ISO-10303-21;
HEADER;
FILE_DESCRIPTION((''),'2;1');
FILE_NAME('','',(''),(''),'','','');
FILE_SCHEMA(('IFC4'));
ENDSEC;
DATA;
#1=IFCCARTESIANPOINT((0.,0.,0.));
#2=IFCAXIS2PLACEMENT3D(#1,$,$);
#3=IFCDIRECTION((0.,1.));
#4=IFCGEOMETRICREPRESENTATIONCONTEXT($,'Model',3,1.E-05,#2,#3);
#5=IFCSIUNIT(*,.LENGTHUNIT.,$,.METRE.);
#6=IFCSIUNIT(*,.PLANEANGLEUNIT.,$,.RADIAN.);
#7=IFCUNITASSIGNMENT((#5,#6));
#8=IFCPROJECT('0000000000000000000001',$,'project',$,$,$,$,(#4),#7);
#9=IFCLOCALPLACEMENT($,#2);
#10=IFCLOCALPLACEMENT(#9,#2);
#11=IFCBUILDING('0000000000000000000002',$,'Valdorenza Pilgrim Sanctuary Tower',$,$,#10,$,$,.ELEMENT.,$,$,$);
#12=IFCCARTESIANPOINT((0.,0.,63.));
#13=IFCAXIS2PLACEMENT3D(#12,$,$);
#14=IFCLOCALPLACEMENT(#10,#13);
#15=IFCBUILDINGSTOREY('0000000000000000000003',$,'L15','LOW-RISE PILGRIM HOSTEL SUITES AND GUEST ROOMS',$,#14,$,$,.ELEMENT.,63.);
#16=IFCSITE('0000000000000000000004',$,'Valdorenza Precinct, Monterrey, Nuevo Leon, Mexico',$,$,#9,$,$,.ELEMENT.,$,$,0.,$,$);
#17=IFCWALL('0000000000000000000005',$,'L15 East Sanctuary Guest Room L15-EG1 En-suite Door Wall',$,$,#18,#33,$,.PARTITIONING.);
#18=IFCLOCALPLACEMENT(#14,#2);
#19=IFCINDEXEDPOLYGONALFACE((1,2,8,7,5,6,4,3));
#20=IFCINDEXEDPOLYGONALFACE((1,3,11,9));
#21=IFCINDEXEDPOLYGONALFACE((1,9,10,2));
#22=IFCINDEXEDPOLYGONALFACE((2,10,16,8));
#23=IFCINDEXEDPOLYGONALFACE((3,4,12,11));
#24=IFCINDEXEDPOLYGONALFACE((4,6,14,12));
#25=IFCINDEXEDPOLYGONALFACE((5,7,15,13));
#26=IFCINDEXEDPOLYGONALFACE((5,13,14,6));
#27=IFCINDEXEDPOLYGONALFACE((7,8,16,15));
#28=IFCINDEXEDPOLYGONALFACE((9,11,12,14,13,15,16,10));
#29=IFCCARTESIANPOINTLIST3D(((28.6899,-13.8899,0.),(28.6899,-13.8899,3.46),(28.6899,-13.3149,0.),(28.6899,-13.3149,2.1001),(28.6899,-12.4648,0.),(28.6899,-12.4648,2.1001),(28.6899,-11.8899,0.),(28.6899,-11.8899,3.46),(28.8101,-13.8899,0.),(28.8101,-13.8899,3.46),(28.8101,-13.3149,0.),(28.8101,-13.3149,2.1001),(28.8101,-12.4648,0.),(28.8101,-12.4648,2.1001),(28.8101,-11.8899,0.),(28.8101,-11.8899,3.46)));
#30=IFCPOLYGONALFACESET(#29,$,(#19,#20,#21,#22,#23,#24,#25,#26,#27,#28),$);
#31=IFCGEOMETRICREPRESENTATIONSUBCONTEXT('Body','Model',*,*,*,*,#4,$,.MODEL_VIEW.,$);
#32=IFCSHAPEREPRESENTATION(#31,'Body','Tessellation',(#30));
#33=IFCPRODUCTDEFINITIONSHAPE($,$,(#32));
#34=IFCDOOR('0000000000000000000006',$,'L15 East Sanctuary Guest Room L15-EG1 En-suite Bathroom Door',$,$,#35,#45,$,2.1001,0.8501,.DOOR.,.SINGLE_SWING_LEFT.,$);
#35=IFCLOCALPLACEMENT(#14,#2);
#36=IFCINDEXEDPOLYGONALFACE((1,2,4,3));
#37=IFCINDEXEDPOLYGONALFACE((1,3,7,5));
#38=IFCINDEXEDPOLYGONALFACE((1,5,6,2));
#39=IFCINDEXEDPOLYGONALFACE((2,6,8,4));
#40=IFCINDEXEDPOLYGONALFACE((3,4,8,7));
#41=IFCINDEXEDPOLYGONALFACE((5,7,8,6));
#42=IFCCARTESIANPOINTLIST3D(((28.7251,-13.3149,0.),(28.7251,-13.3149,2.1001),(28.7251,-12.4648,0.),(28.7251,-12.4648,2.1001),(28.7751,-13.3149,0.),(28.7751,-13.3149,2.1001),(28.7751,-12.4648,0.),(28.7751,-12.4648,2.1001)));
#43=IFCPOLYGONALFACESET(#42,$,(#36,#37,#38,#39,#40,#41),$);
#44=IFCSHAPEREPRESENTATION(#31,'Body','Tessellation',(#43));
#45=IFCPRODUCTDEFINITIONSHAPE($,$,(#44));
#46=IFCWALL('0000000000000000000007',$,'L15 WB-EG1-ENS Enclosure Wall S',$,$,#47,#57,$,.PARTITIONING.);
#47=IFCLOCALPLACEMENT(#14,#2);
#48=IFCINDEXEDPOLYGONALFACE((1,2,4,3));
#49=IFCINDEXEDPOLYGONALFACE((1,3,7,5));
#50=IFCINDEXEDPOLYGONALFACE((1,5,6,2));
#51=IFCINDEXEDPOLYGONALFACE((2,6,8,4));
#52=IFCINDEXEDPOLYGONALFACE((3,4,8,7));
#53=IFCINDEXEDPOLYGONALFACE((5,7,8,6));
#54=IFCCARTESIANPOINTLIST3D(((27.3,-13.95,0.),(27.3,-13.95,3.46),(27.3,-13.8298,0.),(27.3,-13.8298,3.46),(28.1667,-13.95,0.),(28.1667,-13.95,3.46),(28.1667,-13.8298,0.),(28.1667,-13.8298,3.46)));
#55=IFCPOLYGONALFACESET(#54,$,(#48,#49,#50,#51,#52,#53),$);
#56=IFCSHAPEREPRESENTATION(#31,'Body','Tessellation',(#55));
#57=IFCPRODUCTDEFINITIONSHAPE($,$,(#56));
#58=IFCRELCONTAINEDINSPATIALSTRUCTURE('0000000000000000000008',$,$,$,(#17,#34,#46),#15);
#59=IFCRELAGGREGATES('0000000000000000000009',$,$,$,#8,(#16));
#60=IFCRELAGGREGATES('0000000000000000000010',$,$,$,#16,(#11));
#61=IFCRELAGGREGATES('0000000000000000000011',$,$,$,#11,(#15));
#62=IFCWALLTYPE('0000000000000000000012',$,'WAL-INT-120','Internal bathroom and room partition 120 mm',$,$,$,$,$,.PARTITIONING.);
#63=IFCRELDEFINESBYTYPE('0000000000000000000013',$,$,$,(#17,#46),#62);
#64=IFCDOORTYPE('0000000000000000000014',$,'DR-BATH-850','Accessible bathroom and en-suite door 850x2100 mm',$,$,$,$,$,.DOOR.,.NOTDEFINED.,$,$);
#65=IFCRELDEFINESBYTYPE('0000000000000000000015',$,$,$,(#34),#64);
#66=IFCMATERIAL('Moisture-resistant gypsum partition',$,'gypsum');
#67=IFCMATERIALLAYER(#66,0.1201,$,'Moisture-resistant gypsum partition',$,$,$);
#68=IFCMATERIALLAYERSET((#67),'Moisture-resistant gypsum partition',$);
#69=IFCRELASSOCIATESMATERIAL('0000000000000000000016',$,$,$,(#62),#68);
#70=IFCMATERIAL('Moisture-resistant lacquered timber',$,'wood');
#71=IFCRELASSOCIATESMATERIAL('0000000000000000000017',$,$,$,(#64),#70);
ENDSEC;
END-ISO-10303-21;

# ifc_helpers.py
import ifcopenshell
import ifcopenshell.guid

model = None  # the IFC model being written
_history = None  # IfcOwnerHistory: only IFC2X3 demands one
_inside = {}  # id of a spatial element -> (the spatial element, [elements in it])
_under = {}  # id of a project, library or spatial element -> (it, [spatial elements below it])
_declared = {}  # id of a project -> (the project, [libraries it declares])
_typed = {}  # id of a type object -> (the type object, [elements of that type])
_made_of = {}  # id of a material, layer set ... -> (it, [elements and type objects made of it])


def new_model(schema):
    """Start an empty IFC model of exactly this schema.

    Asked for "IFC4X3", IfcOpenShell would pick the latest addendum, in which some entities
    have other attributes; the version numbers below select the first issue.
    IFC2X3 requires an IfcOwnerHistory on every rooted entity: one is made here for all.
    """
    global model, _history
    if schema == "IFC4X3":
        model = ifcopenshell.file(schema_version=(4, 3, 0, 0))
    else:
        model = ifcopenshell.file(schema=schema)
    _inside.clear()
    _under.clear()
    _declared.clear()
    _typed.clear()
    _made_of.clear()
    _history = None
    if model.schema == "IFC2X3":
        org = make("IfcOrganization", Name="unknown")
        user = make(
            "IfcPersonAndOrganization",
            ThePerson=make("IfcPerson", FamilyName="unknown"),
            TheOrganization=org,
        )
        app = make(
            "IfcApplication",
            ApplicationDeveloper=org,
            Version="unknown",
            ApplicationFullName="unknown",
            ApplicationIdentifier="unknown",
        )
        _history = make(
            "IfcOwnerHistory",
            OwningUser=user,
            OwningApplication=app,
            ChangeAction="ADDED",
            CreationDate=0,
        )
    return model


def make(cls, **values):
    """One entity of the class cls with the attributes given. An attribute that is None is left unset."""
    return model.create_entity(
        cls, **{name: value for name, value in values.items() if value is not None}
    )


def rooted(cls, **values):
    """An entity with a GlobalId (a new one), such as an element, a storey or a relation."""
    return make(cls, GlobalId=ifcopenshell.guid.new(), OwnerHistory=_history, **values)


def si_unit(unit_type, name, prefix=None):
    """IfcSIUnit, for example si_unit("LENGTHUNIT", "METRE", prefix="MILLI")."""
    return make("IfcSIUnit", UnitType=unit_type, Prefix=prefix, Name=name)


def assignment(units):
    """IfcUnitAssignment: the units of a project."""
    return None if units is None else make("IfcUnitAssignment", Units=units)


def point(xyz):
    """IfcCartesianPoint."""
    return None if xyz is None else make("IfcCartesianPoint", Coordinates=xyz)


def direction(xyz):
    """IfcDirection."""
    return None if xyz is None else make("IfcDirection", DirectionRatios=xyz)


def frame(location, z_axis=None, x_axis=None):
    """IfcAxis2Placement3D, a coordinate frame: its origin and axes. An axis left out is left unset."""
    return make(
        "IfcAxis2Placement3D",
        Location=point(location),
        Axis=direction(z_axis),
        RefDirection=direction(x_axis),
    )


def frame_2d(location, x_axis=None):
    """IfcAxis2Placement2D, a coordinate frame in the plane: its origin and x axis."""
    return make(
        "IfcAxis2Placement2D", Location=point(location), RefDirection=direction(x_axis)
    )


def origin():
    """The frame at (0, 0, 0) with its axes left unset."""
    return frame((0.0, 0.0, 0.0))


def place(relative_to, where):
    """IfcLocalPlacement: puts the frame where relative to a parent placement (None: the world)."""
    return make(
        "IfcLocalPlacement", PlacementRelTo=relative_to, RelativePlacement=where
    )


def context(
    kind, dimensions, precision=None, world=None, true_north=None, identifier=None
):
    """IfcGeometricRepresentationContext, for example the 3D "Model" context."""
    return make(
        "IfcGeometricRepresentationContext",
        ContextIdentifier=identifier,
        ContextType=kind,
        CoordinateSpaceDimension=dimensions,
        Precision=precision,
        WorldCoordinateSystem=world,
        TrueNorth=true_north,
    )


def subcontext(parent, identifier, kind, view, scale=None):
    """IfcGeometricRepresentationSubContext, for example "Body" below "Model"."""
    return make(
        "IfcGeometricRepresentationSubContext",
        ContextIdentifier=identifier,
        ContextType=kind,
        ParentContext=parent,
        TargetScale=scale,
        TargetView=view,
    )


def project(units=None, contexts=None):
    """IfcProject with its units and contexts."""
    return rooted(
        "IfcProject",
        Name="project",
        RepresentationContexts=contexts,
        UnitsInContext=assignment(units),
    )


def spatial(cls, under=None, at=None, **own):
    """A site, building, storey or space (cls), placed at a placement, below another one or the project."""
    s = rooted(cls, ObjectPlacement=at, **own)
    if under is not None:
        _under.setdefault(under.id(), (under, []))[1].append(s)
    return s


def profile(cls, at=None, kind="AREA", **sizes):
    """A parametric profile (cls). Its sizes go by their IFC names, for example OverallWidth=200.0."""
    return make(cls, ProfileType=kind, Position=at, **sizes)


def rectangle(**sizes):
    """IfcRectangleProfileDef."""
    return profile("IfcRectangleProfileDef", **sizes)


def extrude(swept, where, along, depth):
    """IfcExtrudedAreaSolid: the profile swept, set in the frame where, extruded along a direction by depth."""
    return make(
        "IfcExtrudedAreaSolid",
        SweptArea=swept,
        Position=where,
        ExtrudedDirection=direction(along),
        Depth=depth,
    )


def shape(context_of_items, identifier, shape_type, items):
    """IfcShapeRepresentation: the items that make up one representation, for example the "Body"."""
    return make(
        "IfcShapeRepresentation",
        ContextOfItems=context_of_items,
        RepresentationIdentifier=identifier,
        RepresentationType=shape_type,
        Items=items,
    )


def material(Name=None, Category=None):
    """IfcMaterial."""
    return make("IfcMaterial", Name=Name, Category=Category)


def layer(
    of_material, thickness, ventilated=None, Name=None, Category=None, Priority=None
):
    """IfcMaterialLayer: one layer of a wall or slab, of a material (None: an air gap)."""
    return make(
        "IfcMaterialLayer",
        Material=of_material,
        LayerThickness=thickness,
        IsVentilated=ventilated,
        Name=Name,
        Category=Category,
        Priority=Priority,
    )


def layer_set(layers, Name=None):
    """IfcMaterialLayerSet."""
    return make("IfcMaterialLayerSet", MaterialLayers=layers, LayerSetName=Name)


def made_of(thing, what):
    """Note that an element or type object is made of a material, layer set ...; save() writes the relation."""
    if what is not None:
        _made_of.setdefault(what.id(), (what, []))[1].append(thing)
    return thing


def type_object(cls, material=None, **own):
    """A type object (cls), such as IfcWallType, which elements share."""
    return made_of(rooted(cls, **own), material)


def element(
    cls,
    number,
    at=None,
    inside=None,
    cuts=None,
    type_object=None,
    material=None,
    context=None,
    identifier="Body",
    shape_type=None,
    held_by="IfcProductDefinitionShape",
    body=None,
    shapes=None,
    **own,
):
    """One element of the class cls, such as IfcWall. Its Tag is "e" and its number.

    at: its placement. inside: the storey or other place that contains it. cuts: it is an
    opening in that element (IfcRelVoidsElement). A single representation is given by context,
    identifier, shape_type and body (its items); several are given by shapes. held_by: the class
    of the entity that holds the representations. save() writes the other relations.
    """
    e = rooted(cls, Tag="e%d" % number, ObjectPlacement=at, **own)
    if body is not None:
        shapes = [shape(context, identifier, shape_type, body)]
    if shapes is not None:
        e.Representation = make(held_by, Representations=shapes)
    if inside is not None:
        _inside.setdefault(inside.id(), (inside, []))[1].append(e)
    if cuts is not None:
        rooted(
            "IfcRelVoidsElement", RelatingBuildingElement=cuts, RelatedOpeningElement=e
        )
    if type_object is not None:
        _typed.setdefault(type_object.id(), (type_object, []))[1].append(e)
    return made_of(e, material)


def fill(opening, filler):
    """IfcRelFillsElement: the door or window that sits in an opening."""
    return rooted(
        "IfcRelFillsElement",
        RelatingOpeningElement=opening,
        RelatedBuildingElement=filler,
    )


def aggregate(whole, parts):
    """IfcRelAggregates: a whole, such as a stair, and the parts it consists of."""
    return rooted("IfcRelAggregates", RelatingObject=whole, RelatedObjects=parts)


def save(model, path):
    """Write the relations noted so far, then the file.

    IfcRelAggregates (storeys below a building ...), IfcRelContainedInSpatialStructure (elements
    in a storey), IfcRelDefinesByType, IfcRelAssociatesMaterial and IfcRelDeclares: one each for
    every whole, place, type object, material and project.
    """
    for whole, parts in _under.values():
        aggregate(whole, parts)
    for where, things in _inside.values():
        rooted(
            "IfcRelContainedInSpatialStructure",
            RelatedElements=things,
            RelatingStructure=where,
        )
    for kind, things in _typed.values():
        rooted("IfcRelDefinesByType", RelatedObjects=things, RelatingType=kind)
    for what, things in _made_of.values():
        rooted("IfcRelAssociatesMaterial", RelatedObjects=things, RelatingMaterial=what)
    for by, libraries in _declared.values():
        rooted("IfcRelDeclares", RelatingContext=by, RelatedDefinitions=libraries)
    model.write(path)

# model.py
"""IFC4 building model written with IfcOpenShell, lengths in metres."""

from ifc_helpers import new_model, si_unit, direction, frame, frame_2d, origin, place, context, subcontext, project, spatial, rectangle, extrude, material, layer, layer_set, type_object, element, fill, save


model = new_model("IFC4")

# Units and contexts
model_context = context("Model", 3, precision=1e-05, world=origin(), true_north=direction((0.0, 1.0)))
body_context = subcontext(model_context, "Body", "Model", "MODEL_VIEW")
ifc_project = project(units=[si_unit("LENGTHUNIT", "METRE"), si_unit("PLANEANGLEUNIT", "RADIAN")], contexts=[model_context])

# Site, building, storey
site_placement = place(None, origin())
site = spatial("IfcSite", under=ifc_project, at=site_placement, Name="Valdorenza Precinct, Monterrey, Nuevo Leon, Mexico", CompositionType="ELEMENT", RefElevation=0.0)
building_placement = place(site_placement, origin())
building = spatial("IfcBuilding", under=site, at=building_placement, Name="Valdorenza Pilgrim Sanctuary Tower", CompositionType="ELEMENT")
storey_placement = place(building_placement, frame((0.0, 0.0, 63.0)))
storey = spatial("IfcBuildingStorey", under=building, at=storey_placement, Name="L15", Description="LOW-RISE PILGRIM HOSTEL SUITES AND GUEST ROOMS", CompositionType="ELEMENT", Elevation=63.0)

# Shared definitions
ifc_material_1 = material(Name="Moisture-resistant gypsum partition", Category="gypsum")
ifc_layer_1 = layer(ifc_material_1, 0.1201, Name="Moisture-resistant gypsum partition")
ifc_layer_set_1 = layer_set([ifc_layer_1], Name="Moisture-resistant gypsum partition")
wall_type_1 = type_object("IfcWallType", Name="WAL-INT-120", Description="Internal bathroom and room partition 120 mm", PredefinedType="PARTITIONING", material=ifc_layer_set_1)

# Wall, opening, door
wall_1_placement = place(storey_placement, frame((28.75, -13.8899, 0.0), z_axis=(0.0, 0.0, 1.0), x_axis=(0.0, 1.0, 0.0)))
wall_1 = element("IfcWall", 1, at=wall_1_placement, inside=storey, type_object=wall_type_1, Name="L15 East Sanctuary Guest Room L15-EG1 En-suite Door Wall", PredefinedType="PARTITIONING", context=body_context, shape_type="SweptSolid", body=[
    extrude(rectangle(XDim=2.0, YDim=0.1201, at=frame_2d((1.0, 0.0))), origin(), (0.0, 0.0, 1.0), 3.46),
])
opening_1_placement = place(wall_1_placement, frame((0.575, 0.0, 0.0)))
opening_1 = element("IfcOpeningElement", 2, at=opening_1_placement, cuts=wall_1, PredefinedType="OPENING", context=body_context, shape_type="SweptSolid", body=[
    extrude(rectangle(XDim=0.8501, YDim=2.1001, at=frame_2d((0.425, 1.05))), frame((0.0, 0.075, 0.0), z_axis=(0.0, -1.0, 0.0), x_axis=(1.0, 0.0, 0.0)), (0.0, 0.0, 1.0), 0.1499),
])
ifc_material_2 = material(Name="Moisture-resistant lacquered timber", Category="wood")
door_type_1 = type_object("IfcDoorType", Name="DR-BATH-850", Description="Accessible bathroom and en-suite door 850x2100 mm", OperationType="NOTDEFINED", PredefinedType="DOOR", material=ifc_material_2)
door_1_placement = place(opening_1_placement, origin())
door_1 = element("IfcDoor", 3, at=door_1_placement, inside=storey, type_object=door_type_1, Name="L15 East Sanctuary Guest Room L15-EG1 En-suite Bathroom Door", OperationType="SINGLE_SWING_LEFT", OverallHeight=2.1001, OverallWidth=0.8501, PredefinedType="DOOR", context=body_context, shape_type="SweptSolid", body=[
    extrude(rectangle(XDim=0.8501, YDim=2.1001, at=frame_2d((0.425, 1.05))), frame((0.0, 0.0249, 0.0), z_axis=(0.0, -1.0, 0.0), x_axis=(1.0, 0.0, 0.0)), (0.0, 0.0, 1.0), 0.05),
])
fill(opening_1, door_1)

# Wall
wall_2_placement = place(storey_placement, frame((27.3, -13.8899, 0.0), z_axis=(0.0, 0.0, 1.0), x_axis=(1.0, 0.0, 0.0)))
element("IfcWall", 4, at=wall_2_placement, inside=storey, type_object=wall_type_1, Name="L15 WB-EG1-ENS Enclosure Wall S", PredefinedType="PARTITIONING", context=body_context, shape_type="SweptSolid", body=[
    extrude(rectangle(XDim=0.8667, YDim=0.1201, at=frame_2d((0.4333, 0.0))), origin(), (0.0, 0.0, 1.0), 3.46),
])

save(model, "model.ifc")
